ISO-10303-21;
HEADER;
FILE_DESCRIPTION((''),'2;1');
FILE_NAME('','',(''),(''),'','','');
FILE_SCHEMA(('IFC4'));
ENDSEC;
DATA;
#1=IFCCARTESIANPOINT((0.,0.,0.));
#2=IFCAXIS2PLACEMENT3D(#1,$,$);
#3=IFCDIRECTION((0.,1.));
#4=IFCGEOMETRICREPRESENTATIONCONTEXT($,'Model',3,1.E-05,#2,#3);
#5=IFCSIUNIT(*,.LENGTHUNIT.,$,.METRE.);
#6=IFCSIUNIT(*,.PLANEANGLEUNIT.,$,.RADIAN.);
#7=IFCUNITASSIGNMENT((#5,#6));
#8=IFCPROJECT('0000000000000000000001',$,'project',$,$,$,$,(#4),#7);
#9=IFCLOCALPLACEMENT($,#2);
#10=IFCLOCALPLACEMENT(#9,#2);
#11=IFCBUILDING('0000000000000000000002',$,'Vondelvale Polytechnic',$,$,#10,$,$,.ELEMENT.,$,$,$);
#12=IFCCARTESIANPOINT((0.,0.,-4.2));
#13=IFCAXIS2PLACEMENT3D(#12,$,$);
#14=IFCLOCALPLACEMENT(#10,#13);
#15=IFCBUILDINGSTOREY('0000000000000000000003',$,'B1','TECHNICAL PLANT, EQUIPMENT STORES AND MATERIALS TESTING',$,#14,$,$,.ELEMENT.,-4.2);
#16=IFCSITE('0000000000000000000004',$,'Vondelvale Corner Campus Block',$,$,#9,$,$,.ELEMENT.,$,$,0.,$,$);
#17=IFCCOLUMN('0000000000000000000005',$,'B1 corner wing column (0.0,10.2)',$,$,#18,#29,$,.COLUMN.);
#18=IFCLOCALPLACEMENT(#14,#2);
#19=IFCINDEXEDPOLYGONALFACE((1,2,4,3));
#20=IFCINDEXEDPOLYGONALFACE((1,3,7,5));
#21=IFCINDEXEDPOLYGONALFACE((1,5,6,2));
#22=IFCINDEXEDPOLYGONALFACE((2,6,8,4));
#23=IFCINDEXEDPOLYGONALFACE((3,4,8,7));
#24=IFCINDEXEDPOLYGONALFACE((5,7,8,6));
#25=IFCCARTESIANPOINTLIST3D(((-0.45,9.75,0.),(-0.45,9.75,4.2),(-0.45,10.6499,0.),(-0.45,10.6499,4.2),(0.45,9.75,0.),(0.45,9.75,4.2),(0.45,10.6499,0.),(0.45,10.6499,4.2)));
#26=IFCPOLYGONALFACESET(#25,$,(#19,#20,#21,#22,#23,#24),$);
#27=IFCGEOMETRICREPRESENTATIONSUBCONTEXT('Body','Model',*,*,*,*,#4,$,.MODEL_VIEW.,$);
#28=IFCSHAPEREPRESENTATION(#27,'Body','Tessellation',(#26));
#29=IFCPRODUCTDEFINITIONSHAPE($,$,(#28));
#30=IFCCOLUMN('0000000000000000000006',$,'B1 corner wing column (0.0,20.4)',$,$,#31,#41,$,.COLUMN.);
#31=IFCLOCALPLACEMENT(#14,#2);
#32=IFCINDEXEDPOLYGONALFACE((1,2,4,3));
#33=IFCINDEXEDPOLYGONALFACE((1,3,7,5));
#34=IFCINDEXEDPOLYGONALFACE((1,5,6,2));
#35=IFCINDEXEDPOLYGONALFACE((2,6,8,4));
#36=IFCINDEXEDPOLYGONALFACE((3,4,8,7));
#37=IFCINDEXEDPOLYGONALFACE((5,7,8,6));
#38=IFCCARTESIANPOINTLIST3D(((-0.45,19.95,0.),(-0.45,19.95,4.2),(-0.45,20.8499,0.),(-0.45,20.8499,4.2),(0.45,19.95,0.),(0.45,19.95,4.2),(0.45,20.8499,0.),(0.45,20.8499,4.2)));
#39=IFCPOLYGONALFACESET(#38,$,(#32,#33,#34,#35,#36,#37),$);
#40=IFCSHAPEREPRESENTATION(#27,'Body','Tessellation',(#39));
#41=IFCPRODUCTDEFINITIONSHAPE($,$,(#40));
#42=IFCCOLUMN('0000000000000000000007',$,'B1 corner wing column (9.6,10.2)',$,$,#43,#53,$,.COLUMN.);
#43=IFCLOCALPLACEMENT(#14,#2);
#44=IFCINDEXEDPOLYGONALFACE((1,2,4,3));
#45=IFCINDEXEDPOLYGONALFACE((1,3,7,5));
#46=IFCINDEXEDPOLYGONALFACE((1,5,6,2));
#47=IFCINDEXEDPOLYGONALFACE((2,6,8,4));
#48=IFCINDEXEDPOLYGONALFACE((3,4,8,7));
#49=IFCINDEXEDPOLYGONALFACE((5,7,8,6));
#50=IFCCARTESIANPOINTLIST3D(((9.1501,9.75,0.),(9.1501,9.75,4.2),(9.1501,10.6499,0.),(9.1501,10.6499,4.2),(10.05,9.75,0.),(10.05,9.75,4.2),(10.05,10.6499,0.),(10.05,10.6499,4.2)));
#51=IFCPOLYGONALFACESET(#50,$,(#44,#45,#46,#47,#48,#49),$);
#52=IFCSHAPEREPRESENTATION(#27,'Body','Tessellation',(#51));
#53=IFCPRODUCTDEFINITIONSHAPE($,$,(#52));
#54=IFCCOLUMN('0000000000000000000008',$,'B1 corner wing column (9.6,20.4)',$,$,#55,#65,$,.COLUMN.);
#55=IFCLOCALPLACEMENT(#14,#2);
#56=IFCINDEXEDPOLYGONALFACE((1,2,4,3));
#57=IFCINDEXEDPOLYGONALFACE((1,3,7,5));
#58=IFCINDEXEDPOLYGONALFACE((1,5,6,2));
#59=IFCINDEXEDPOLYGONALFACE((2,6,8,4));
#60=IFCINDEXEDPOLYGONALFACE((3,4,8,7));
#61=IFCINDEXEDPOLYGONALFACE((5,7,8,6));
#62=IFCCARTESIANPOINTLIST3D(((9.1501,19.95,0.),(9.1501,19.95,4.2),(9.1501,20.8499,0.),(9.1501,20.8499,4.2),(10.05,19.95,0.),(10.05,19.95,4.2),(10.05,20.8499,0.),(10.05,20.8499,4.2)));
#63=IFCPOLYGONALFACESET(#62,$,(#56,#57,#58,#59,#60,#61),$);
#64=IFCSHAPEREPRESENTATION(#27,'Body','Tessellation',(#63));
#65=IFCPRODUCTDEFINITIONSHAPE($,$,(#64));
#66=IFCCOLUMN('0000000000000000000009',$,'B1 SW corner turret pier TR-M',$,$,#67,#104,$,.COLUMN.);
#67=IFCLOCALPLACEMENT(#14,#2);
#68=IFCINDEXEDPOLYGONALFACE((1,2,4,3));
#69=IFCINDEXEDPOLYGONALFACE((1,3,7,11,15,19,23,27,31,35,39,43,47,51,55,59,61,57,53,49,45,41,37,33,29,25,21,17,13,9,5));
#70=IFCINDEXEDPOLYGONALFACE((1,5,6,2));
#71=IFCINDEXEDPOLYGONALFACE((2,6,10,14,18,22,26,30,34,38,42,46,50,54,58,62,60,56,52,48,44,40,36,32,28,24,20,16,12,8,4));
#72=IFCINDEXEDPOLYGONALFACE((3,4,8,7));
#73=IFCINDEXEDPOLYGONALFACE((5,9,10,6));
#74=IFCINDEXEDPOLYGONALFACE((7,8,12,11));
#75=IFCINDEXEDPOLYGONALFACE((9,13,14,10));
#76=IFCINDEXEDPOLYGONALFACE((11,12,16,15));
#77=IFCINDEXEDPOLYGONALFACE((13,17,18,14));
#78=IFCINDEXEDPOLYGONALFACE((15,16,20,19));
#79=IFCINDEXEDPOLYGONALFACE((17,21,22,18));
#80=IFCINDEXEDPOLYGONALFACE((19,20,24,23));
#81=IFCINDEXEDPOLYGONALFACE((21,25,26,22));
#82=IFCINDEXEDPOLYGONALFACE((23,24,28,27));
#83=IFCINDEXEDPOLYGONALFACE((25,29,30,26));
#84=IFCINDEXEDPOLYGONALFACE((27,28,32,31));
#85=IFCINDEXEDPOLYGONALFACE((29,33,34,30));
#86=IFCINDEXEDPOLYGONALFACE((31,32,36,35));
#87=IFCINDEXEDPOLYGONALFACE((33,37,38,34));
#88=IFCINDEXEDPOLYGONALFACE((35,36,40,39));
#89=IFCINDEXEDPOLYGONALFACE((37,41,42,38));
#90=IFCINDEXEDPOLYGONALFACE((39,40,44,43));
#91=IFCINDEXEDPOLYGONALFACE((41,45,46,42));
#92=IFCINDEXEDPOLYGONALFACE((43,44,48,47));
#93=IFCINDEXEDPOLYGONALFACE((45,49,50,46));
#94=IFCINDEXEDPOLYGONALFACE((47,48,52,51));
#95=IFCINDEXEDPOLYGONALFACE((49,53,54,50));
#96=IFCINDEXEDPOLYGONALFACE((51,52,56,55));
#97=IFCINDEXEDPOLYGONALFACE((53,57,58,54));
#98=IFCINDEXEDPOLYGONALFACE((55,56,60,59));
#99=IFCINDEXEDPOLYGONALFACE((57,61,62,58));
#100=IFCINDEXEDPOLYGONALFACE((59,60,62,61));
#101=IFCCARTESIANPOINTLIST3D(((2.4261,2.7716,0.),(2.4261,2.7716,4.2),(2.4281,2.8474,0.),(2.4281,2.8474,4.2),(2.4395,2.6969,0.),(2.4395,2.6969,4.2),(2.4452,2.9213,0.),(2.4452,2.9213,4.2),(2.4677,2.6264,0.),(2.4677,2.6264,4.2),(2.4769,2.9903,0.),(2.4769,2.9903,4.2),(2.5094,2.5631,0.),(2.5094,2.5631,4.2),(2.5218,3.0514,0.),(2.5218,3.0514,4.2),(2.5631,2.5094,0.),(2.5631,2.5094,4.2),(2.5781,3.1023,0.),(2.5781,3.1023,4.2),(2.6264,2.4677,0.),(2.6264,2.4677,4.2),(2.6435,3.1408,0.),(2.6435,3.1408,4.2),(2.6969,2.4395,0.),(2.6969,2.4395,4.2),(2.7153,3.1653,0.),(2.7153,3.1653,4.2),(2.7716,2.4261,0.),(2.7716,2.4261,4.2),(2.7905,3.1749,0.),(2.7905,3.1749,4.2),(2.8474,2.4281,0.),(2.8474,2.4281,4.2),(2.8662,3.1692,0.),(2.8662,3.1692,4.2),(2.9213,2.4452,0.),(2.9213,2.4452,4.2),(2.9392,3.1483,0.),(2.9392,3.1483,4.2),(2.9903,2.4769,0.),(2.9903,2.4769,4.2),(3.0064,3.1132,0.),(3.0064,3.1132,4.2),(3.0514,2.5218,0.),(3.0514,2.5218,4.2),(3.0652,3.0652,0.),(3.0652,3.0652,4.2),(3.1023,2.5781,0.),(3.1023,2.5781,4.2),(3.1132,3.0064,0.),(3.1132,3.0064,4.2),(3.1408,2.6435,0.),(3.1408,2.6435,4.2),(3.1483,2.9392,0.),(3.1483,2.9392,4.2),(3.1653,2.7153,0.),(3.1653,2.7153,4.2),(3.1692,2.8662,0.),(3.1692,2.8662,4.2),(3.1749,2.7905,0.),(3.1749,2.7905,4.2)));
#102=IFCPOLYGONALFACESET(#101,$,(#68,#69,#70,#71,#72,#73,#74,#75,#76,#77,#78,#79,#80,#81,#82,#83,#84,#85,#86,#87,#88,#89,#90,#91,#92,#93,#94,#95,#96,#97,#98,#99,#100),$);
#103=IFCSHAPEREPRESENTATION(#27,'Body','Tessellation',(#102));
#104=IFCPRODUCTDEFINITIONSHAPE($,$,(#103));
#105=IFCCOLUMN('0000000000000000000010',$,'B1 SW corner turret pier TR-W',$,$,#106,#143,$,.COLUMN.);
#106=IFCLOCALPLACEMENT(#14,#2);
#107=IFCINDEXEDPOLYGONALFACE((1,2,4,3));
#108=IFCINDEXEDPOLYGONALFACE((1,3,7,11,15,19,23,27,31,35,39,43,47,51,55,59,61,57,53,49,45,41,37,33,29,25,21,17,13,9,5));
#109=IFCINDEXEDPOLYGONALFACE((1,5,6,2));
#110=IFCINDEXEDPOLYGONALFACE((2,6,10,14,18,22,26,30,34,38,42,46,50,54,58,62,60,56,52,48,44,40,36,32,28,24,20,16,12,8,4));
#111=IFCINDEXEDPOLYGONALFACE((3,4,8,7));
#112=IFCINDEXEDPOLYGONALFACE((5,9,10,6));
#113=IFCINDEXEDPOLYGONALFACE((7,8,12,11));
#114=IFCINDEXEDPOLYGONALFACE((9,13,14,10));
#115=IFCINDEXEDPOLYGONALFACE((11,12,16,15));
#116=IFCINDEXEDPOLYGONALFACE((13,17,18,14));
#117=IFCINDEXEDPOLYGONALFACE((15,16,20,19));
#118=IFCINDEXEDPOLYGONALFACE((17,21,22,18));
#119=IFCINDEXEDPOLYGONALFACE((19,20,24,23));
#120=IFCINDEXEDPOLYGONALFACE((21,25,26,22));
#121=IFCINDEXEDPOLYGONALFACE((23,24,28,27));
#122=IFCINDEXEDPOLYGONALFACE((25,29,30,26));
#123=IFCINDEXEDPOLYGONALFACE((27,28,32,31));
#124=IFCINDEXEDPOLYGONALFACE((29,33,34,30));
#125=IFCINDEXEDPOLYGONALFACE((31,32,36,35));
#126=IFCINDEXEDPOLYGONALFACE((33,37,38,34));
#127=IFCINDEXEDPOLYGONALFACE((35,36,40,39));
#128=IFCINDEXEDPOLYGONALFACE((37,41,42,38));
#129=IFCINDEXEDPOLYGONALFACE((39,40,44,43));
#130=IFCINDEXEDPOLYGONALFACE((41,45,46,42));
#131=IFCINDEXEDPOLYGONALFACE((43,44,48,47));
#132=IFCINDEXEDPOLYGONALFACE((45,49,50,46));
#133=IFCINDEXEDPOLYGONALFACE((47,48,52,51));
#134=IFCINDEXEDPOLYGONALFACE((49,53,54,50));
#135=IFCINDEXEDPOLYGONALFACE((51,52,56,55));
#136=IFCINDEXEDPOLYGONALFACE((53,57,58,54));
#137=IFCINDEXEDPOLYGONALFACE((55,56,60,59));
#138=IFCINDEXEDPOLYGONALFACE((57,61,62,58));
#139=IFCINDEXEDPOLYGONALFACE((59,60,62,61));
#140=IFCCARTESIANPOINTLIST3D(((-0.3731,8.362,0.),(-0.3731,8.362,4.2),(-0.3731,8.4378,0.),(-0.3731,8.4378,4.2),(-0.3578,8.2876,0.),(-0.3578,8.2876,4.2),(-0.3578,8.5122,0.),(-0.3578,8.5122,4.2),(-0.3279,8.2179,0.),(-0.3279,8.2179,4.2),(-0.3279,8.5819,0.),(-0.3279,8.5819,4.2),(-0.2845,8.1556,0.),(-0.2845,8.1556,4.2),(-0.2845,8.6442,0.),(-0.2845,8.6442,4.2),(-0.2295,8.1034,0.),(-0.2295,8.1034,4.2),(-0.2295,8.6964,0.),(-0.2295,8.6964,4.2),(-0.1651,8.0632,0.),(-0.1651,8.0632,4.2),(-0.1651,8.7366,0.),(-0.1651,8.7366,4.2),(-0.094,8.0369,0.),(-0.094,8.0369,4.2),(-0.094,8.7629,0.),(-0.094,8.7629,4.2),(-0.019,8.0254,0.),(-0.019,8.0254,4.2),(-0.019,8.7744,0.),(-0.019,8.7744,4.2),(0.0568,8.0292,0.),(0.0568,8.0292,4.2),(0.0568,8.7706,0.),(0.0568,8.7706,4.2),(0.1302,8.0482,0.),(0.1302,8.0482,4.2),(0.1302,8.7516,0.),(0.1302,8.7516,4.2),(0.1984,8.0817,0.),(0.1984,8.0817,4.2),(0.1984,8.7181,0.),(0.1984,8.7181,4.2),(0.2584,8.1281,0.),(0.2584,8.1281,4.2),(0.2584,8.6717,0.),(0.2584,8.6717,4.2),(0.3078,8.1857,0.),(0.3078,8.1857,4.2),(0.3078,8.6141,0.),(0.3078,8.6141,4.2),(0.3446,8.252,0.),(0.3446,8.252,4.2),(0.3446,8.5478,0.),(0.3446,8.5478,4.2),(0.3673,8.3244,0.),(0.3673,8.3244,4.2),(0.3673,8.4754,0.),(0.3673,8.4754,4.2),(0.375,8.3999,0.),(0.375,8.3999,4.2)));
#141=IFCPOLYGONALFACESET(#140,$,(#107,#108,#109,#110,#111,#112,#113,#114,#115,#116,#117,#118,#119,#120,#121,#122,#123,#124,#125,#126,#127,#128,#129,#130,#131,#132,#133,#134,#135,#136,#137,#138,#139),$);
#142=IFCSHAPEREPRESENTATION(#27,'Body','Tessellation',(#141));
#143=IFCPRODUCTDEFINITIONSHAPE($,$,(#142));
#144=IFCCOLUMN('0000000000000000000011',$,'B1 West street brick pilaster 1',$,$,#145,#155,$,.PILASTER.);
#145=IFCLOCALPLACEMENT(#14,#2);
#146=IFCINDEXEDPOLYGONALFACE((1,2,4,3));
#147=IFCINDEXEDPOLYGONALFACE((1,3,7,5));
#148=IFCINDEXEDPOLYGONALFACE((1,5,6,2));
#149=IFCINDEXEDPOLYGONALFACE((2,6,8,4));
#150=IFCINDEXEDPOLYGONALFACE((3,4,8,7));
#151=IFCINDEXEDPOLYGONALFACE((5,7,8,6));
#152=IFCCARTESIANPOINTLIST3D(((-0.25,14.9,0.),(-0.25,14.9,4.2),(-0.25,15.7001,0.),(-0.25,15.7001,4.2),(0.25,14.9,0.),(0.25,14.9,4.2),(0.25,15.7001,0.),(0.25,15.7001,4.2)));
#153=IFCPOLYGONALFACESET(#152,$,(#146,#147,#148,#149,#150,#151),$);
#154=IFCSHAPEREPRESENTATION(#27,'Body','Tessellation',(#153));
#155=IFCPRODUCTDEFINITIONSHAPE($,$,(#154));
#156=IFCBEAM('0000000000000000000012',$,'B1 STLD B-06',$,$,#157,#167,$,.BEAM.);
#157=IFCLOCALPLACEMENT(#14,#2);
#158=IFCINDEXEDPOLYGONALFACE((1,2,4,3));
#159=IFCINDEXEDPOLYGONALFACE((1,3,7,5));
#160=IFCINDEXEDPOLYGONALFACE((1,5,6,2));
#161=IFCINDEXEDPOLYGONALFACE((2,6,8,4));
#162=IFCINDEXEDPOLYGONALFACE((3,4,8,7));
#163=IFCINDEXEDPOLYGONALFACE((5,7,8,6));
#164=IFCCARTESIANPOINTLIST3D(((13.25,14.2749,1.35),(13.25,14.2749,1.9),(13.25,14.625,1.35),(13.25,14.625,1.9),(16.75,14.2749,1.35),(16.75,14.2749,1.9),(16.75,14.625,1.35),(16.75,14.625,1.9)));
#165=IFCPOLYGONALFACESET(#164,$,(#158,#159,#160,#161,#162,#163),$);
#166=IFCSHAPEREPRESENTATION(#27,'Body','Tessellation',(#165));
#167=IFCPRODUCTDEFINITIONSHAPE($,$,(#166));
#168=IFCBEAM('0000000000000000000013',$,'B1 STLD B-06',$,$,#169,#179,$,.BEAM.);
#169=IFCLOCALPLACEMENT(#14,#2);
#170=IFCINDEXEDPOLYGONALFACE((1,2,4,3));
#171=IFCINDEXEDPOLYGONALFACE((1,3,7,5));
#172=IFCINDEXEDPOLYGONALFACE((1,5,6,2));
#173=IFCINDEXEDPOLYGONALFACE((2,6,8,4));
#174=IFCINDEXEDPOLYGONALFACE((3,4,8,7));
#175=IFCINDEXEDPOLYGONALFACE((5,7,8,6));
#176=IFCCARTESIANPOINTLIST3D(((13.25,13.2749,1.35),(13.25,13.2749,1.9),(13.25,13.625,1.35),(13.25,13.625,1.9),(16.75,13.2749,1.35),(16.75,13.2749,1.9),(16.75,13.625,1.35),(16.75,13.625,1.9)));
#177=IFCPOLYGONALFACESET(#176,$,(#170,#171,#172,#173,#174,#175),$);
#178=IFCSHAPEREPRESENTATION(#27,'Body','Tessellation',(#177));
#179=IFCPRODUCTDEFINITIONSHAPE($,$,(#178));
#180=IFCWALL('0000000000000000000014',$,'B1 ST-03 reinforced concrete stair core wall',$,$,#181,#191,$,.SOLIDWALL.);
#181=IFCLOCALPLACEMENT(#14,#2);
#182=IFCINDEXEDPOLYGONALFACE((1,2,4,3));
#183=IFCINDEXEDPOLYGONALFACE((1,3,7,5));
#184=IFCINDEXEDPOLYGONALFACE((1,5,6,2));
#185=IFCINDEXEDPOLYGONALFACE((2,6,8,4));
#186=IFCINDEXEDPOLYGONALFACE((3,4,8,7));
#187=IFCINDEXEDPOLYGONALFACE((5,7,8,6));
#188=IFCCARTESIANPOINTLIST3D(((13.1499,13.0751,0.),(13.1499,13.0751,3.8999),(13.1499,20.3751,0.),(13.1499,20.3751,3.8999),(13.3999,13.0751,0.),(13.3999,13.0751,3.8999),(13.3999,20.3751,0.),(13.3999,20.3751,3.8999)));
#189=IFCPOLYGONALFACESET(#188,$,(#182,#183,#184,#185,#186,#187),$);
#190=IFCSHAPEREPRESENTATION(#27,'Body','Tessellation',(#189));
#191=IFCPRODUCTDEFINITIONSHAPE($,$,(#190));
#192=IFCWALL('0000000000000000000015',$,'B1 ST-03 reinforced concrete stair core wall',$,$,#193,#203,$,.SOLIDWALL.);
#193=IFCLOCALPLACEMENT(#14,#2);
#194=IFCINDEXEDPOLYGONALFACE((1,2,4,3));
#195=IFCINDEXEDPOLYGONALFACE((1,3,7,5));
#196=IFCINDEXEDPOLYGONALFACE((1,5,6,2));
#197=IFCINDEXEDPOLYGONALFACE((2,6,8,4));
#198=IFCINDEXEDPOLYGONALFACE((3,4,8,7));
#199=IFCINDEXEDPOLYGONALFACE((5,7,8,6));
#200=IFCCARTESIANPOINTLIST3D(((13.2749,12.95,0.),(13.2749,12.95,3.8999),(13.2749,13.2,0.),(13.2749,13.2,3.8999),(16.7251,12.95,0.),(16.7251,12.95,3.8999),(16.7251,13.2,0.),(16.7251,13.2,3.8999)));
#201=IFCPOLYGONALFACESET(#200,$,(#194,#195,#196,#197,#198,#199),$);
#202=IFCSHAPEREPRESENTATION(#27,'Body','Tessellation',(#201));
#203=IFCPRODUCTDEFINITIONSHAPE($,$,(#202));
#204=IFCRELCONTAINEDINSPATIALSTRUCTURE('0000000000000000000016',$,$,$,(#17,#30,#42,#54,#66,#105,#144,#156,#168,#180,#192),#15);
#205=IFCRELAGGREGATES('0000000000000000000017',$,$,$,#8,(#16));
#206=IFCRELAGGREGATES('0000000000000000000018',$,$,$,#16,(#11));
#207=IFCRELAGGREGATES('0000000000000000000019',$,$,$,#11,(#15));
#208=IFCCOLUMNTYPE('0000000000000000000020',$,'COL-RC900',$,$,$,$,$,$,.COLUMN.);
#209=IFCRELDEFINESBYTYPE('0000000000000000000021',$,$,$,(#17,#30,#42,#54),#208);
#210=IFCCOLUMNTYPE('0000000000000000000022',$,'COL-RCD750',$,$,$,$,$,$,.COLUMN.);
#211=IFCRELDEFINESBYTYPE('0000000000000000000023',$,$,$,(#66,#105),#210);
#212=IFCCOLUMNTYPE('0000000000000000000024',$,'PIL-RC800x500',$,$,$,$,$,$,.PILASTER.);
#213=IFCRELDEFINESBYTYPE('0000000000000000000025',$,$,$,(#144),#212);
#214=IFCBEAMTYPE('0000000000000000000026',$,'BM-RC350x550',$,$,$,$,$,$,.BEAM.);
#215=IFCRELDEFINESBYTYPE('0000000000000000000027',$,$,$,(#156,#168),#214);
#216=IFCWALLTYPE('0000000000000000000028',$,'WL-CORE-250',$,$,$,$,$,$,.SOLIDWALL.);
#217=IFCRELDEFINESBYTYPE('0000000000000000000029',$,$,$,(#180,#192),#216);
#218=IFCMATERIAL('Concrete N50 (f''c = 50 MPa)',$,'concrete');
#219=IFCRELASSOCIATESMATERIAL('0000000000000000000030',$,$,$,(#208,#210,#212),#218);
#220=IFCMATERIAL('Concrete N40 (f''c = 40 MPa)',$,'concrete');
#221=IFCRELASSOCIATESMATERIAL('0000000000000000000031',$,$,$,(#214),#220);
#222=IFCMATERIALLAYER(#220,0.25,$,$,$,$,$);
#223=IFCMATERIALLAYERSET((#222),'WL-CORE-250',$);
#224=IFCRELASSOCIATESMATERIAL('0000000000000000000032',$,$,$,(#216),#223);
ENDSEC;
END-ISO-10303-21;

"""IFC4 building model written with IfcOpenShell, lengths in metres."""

from ifc_helpers import new_model, si_unit, direction, frame, frame_2d, origin, origin_2d, place, context, subcontext, project, spatial, rectangle, circle, extrude, material, layer, layer_set, material_profile, profile_set, type_object, element, save


model = new_model("IFC4")

# Units and contexts
model_context = context("Model", 3, precision=1e-05, world=origin(), true_north=direction((0.0, 1.0)))
body_context = subcontext(model_context, "Body", "Model", "MODEL_VIEW")
ifc_project = project(units=[si_unit("LENGTHUNIT", "METRE"), si_unit("PLANEANGLEUNIT", "RADIAN")], contexts=[model_context])

# Site, building, storey
site_placement = place(None, origin())
site = spatial("IfcSite", under=ifc_project, at=site_placement, Name="Vondelvale Corner Campus Block", CompositionType="ELEMENT", RefElevation=0.0)
building_placement = place(site_placement, origin())
building = spatial("IfcBuilding", under=site, at=building_placement, Name="Vondelvale Polytechnic", CompositionType="ELEMENT")
storey_placement = place(building_placement, frame((0.0, 0.0, -4.2)))
storey = spatial("IfcBuildingStorey", under=building, at=storey_placement, Name="B1", Description="TECHNICAL PLANT, EQUIPMENT STORES AND MATERIALS TESTING", CompositionType="ELEMENT", Elevation=-4.2)

# Shared definitions
ifc_material_1 = material(Name="Concrete N40 (f'c = 40 MPa)", Category="concrete")

# Columns
ifc_material_2 = material(Name="Concrete N50 (f'c = 50 MPa)", Category="concrete")
ifc_material_profile_1 = material_profile(ifc_material_2, rectangle(XDim=0.8999, YDim=0.8999, at=origin_2d()), Name="RC-COL-900x900")
ifc_profile_set_1 = profile_set([ifc_material_profile_1], Name="Concrete N50 (f'c = 50 MPa)")
column_type_1 = type_object("IfcColumnType", Name="COL-RC900", PredefinedType="COLUMN", material=ifc_profile_set_1)
for number, where, z_axis, x_axis, name in (
    (1, (0.0, 10.2, 0.0), (0.0, 0.0, 1.0), (1.0, 0.0, 0.0), "B1 corner wing column (0.0,10.2)"),
    (2, (0.0, 20.3999, 0.0), (0.0, 0.0, 1.0), (1.0, 0.0, 0.0), "B1 corner wing column (0.0,20.4)"),
    (3, (9.6001, 10.2, 0.0), (0.0, 0.0, 1.0), (1.0, 0.0, 0.0), "B1 corner wing column (9.6,10.2)"),
    (4, (9.6001, 20.3999, 0.0), (0.0, 0.0, 1.0), (1.0, 0.0, 0.0), "B1 corner wing column (9.6,20.4)"),
):
    element("IfcColumn", number, at=place(storey_placement, frame(where, z_axis=z_axis, x_axis=x_axis)), inside=storey, type_object=column_type_1, Name=name, PredefinedType="COLUMN", context=body_context, shape_type="SweptSolid", body=[
        extrude(rectangle(XDim=0.8999, YDim=0.8999, at=origin_2d()), origin(), (0.0, 0.0, 1.0), 4.2),
    ])
ifc_material_profile_2 = material_profile(ifc_material_2, circle(Radius=0.375, at=origin_2d()), Name="RC-COL-D750")
ifc_profile_set_2 = profile_set([ifc_material_profile_2], Name="Concrete N50 (f'c = 50 MPa)")
column_type_2 = type_object("IfcColumnType", Name="COL-RCD750", PredefinedType="COLUMN", material=ifc_profile_set_2)
for number, where, z_axis, x_axis, name in (
    (5, (2.8, 2.8, 0.0), (0.0, 0.0, 1.0), (0.707107, 0.707107, 0.0), "B1 SW corner turret pier TR-M"),
    (6, (0.0, 8.3999, 0.0), (0.0, 0.0, 1.0), (1.0, 0.0, 0.0), "B1 SW corner turret pier TR-W"),
):
    element("IfcColumn", number, at=place(storey_placement, frame(where, z_axis=z_axis, x_axis=x_axis)), inside=storey, type_object=column_type_2, Name=name, PredefinedType="COLUMN", context=body_context, shape_type="SweptSolid", body=[
        extrude(circle(Radius=0.375, at=origin_2d()), origin(), (0.0, 0.0, 1.0), 4.2),
    ])
ifc_material_profile_3 = material_profile(ifc_material_2, rectangle(XDim=0.5, YDim=0.8, at=origin_2d()), Name="RC-PIL-800x500")
ifc_profile_set_3 = profile_set([ifc_material_profile_3], Name="Concrete N50 (f'c = 50 MPa)")
column_type_3 = type_object("IfcColumnType", Name="PIL-RC800x500", PredefinedType="PILASTER", material=ifc_profile_set_3)
column_placement = place(storey_placement, frame((0.0, 15.3, 0.0), z_axis=(0.0, 0.0, 1.0), x_axis=(1.0, 0.0, 0.0)))
element("IfcColumn", 7, at=column_placement, inside=storey, type_object=column_type_3, Name="B1 West street brick pilaster 1", PredefinedType="PILASTER", context=body_context, shape_type="SweptSolid", body=[
    extrude(rectangle(XDim=0.5, YDim=0.8, at=origin_2d()), origin(), (0.0, 0.0, 1.0), 4.2),
])

# Beams
ifc_material_profile_4 = material_profile(ifc_material_1, rectangle(XDim=0.3501, YDim=0.55, at=origin_2d()), Name="RC-BM-350x550")
ifc_profile_set_4 = profile_set([ifc_material_profile_4], Name="Concrete N40 (f'c = 40 MPa)")
beam_type = type_object("IfcBeamType", Name="BM-RC350x550", PredefinedType="BEAM", material=ifc_profile_set_4)
for number, where, z_axis, x_axis, name in (
    (8, (13.25, 14.45, 1.625), (1.0, 0.0, 0.0), (0.0, 1.0, 0.0), "B1 STLD B-06"),
    (9, (13.25, 13.45, 1.625), (1.0, 0.0, 0.0), (0.0, 1.0, 0.0), "B1 STLD B-06"),
):
    element("IfcBeam", number, at=place(storey_placement, frame(where, z_axis=z_axis, x_axis=x_axis)), inside=storey, type_object=beam_type, Name=name, PredefinedType="BEAM", context=body_context, shape_type="SweptSolid", body=[
        extrude(rectangle(XDim=0.3501, YDim=0.55, at=origin_2d()), origin(), (0.0, 0.0, 1.0), 3.5),
    ])

# Walls
ifc_layer_1 = layer(ifc_material_1, 0.25)
ifc_layer_set_1 = layer_set([ifc_layer_1], Name="WL-CORE-250")
wall_type_1 = type_object("IfcWallType", Name="WL-CORE-250", PredefinedType="SOLIDWALL", material=ifc_layer_set_1)
wall_1_placement = place(storey_placement, frame((13.2749, 20.375, 0.0), z_axis=(0.0, 0.0, 1.0), x_axis=(0.0, -1.0, 0.0)))
element("IfcWall", 10, at=wall_1_placement, inside=storey, type_object=wall_type_1, Name="B1 ST-03 reinforced concrete stair core wall", PredefinedType="SOLIDWALL", context=body_context, shape_type="SweptSolid", body=[
    extrude(rectangle(XDim=7.3, YDim=0.25, at=frame_2d((3.6499, 0.0))), origin(), (0.0, 0.0, 1.0), 3.8999),
])
wall_2_placement = place(storey_placement, frame((13.2749, 13.075, 0.0), z_axis=(0.0, 0.0, 1.0), x_axis=(1.0, 0.0, 0.0)))
element("IfcWall", 11, at=wall_2_placement, inside=storey, type_object=wall_type_1, Name="B1 ST-03 reinforced concrete stair core wall", PredefinedType="SOLIDWALL", context=body_context, shape_type="SweptSolid", body=[
    extrude(rectangle(XDim=3.4502, YDim=0.25, at=frame_2d((1.7251, 0.0))), origin(), (0.0, 0.0, 1.0), 3.8999),
])

save(model, "model.ifc")
